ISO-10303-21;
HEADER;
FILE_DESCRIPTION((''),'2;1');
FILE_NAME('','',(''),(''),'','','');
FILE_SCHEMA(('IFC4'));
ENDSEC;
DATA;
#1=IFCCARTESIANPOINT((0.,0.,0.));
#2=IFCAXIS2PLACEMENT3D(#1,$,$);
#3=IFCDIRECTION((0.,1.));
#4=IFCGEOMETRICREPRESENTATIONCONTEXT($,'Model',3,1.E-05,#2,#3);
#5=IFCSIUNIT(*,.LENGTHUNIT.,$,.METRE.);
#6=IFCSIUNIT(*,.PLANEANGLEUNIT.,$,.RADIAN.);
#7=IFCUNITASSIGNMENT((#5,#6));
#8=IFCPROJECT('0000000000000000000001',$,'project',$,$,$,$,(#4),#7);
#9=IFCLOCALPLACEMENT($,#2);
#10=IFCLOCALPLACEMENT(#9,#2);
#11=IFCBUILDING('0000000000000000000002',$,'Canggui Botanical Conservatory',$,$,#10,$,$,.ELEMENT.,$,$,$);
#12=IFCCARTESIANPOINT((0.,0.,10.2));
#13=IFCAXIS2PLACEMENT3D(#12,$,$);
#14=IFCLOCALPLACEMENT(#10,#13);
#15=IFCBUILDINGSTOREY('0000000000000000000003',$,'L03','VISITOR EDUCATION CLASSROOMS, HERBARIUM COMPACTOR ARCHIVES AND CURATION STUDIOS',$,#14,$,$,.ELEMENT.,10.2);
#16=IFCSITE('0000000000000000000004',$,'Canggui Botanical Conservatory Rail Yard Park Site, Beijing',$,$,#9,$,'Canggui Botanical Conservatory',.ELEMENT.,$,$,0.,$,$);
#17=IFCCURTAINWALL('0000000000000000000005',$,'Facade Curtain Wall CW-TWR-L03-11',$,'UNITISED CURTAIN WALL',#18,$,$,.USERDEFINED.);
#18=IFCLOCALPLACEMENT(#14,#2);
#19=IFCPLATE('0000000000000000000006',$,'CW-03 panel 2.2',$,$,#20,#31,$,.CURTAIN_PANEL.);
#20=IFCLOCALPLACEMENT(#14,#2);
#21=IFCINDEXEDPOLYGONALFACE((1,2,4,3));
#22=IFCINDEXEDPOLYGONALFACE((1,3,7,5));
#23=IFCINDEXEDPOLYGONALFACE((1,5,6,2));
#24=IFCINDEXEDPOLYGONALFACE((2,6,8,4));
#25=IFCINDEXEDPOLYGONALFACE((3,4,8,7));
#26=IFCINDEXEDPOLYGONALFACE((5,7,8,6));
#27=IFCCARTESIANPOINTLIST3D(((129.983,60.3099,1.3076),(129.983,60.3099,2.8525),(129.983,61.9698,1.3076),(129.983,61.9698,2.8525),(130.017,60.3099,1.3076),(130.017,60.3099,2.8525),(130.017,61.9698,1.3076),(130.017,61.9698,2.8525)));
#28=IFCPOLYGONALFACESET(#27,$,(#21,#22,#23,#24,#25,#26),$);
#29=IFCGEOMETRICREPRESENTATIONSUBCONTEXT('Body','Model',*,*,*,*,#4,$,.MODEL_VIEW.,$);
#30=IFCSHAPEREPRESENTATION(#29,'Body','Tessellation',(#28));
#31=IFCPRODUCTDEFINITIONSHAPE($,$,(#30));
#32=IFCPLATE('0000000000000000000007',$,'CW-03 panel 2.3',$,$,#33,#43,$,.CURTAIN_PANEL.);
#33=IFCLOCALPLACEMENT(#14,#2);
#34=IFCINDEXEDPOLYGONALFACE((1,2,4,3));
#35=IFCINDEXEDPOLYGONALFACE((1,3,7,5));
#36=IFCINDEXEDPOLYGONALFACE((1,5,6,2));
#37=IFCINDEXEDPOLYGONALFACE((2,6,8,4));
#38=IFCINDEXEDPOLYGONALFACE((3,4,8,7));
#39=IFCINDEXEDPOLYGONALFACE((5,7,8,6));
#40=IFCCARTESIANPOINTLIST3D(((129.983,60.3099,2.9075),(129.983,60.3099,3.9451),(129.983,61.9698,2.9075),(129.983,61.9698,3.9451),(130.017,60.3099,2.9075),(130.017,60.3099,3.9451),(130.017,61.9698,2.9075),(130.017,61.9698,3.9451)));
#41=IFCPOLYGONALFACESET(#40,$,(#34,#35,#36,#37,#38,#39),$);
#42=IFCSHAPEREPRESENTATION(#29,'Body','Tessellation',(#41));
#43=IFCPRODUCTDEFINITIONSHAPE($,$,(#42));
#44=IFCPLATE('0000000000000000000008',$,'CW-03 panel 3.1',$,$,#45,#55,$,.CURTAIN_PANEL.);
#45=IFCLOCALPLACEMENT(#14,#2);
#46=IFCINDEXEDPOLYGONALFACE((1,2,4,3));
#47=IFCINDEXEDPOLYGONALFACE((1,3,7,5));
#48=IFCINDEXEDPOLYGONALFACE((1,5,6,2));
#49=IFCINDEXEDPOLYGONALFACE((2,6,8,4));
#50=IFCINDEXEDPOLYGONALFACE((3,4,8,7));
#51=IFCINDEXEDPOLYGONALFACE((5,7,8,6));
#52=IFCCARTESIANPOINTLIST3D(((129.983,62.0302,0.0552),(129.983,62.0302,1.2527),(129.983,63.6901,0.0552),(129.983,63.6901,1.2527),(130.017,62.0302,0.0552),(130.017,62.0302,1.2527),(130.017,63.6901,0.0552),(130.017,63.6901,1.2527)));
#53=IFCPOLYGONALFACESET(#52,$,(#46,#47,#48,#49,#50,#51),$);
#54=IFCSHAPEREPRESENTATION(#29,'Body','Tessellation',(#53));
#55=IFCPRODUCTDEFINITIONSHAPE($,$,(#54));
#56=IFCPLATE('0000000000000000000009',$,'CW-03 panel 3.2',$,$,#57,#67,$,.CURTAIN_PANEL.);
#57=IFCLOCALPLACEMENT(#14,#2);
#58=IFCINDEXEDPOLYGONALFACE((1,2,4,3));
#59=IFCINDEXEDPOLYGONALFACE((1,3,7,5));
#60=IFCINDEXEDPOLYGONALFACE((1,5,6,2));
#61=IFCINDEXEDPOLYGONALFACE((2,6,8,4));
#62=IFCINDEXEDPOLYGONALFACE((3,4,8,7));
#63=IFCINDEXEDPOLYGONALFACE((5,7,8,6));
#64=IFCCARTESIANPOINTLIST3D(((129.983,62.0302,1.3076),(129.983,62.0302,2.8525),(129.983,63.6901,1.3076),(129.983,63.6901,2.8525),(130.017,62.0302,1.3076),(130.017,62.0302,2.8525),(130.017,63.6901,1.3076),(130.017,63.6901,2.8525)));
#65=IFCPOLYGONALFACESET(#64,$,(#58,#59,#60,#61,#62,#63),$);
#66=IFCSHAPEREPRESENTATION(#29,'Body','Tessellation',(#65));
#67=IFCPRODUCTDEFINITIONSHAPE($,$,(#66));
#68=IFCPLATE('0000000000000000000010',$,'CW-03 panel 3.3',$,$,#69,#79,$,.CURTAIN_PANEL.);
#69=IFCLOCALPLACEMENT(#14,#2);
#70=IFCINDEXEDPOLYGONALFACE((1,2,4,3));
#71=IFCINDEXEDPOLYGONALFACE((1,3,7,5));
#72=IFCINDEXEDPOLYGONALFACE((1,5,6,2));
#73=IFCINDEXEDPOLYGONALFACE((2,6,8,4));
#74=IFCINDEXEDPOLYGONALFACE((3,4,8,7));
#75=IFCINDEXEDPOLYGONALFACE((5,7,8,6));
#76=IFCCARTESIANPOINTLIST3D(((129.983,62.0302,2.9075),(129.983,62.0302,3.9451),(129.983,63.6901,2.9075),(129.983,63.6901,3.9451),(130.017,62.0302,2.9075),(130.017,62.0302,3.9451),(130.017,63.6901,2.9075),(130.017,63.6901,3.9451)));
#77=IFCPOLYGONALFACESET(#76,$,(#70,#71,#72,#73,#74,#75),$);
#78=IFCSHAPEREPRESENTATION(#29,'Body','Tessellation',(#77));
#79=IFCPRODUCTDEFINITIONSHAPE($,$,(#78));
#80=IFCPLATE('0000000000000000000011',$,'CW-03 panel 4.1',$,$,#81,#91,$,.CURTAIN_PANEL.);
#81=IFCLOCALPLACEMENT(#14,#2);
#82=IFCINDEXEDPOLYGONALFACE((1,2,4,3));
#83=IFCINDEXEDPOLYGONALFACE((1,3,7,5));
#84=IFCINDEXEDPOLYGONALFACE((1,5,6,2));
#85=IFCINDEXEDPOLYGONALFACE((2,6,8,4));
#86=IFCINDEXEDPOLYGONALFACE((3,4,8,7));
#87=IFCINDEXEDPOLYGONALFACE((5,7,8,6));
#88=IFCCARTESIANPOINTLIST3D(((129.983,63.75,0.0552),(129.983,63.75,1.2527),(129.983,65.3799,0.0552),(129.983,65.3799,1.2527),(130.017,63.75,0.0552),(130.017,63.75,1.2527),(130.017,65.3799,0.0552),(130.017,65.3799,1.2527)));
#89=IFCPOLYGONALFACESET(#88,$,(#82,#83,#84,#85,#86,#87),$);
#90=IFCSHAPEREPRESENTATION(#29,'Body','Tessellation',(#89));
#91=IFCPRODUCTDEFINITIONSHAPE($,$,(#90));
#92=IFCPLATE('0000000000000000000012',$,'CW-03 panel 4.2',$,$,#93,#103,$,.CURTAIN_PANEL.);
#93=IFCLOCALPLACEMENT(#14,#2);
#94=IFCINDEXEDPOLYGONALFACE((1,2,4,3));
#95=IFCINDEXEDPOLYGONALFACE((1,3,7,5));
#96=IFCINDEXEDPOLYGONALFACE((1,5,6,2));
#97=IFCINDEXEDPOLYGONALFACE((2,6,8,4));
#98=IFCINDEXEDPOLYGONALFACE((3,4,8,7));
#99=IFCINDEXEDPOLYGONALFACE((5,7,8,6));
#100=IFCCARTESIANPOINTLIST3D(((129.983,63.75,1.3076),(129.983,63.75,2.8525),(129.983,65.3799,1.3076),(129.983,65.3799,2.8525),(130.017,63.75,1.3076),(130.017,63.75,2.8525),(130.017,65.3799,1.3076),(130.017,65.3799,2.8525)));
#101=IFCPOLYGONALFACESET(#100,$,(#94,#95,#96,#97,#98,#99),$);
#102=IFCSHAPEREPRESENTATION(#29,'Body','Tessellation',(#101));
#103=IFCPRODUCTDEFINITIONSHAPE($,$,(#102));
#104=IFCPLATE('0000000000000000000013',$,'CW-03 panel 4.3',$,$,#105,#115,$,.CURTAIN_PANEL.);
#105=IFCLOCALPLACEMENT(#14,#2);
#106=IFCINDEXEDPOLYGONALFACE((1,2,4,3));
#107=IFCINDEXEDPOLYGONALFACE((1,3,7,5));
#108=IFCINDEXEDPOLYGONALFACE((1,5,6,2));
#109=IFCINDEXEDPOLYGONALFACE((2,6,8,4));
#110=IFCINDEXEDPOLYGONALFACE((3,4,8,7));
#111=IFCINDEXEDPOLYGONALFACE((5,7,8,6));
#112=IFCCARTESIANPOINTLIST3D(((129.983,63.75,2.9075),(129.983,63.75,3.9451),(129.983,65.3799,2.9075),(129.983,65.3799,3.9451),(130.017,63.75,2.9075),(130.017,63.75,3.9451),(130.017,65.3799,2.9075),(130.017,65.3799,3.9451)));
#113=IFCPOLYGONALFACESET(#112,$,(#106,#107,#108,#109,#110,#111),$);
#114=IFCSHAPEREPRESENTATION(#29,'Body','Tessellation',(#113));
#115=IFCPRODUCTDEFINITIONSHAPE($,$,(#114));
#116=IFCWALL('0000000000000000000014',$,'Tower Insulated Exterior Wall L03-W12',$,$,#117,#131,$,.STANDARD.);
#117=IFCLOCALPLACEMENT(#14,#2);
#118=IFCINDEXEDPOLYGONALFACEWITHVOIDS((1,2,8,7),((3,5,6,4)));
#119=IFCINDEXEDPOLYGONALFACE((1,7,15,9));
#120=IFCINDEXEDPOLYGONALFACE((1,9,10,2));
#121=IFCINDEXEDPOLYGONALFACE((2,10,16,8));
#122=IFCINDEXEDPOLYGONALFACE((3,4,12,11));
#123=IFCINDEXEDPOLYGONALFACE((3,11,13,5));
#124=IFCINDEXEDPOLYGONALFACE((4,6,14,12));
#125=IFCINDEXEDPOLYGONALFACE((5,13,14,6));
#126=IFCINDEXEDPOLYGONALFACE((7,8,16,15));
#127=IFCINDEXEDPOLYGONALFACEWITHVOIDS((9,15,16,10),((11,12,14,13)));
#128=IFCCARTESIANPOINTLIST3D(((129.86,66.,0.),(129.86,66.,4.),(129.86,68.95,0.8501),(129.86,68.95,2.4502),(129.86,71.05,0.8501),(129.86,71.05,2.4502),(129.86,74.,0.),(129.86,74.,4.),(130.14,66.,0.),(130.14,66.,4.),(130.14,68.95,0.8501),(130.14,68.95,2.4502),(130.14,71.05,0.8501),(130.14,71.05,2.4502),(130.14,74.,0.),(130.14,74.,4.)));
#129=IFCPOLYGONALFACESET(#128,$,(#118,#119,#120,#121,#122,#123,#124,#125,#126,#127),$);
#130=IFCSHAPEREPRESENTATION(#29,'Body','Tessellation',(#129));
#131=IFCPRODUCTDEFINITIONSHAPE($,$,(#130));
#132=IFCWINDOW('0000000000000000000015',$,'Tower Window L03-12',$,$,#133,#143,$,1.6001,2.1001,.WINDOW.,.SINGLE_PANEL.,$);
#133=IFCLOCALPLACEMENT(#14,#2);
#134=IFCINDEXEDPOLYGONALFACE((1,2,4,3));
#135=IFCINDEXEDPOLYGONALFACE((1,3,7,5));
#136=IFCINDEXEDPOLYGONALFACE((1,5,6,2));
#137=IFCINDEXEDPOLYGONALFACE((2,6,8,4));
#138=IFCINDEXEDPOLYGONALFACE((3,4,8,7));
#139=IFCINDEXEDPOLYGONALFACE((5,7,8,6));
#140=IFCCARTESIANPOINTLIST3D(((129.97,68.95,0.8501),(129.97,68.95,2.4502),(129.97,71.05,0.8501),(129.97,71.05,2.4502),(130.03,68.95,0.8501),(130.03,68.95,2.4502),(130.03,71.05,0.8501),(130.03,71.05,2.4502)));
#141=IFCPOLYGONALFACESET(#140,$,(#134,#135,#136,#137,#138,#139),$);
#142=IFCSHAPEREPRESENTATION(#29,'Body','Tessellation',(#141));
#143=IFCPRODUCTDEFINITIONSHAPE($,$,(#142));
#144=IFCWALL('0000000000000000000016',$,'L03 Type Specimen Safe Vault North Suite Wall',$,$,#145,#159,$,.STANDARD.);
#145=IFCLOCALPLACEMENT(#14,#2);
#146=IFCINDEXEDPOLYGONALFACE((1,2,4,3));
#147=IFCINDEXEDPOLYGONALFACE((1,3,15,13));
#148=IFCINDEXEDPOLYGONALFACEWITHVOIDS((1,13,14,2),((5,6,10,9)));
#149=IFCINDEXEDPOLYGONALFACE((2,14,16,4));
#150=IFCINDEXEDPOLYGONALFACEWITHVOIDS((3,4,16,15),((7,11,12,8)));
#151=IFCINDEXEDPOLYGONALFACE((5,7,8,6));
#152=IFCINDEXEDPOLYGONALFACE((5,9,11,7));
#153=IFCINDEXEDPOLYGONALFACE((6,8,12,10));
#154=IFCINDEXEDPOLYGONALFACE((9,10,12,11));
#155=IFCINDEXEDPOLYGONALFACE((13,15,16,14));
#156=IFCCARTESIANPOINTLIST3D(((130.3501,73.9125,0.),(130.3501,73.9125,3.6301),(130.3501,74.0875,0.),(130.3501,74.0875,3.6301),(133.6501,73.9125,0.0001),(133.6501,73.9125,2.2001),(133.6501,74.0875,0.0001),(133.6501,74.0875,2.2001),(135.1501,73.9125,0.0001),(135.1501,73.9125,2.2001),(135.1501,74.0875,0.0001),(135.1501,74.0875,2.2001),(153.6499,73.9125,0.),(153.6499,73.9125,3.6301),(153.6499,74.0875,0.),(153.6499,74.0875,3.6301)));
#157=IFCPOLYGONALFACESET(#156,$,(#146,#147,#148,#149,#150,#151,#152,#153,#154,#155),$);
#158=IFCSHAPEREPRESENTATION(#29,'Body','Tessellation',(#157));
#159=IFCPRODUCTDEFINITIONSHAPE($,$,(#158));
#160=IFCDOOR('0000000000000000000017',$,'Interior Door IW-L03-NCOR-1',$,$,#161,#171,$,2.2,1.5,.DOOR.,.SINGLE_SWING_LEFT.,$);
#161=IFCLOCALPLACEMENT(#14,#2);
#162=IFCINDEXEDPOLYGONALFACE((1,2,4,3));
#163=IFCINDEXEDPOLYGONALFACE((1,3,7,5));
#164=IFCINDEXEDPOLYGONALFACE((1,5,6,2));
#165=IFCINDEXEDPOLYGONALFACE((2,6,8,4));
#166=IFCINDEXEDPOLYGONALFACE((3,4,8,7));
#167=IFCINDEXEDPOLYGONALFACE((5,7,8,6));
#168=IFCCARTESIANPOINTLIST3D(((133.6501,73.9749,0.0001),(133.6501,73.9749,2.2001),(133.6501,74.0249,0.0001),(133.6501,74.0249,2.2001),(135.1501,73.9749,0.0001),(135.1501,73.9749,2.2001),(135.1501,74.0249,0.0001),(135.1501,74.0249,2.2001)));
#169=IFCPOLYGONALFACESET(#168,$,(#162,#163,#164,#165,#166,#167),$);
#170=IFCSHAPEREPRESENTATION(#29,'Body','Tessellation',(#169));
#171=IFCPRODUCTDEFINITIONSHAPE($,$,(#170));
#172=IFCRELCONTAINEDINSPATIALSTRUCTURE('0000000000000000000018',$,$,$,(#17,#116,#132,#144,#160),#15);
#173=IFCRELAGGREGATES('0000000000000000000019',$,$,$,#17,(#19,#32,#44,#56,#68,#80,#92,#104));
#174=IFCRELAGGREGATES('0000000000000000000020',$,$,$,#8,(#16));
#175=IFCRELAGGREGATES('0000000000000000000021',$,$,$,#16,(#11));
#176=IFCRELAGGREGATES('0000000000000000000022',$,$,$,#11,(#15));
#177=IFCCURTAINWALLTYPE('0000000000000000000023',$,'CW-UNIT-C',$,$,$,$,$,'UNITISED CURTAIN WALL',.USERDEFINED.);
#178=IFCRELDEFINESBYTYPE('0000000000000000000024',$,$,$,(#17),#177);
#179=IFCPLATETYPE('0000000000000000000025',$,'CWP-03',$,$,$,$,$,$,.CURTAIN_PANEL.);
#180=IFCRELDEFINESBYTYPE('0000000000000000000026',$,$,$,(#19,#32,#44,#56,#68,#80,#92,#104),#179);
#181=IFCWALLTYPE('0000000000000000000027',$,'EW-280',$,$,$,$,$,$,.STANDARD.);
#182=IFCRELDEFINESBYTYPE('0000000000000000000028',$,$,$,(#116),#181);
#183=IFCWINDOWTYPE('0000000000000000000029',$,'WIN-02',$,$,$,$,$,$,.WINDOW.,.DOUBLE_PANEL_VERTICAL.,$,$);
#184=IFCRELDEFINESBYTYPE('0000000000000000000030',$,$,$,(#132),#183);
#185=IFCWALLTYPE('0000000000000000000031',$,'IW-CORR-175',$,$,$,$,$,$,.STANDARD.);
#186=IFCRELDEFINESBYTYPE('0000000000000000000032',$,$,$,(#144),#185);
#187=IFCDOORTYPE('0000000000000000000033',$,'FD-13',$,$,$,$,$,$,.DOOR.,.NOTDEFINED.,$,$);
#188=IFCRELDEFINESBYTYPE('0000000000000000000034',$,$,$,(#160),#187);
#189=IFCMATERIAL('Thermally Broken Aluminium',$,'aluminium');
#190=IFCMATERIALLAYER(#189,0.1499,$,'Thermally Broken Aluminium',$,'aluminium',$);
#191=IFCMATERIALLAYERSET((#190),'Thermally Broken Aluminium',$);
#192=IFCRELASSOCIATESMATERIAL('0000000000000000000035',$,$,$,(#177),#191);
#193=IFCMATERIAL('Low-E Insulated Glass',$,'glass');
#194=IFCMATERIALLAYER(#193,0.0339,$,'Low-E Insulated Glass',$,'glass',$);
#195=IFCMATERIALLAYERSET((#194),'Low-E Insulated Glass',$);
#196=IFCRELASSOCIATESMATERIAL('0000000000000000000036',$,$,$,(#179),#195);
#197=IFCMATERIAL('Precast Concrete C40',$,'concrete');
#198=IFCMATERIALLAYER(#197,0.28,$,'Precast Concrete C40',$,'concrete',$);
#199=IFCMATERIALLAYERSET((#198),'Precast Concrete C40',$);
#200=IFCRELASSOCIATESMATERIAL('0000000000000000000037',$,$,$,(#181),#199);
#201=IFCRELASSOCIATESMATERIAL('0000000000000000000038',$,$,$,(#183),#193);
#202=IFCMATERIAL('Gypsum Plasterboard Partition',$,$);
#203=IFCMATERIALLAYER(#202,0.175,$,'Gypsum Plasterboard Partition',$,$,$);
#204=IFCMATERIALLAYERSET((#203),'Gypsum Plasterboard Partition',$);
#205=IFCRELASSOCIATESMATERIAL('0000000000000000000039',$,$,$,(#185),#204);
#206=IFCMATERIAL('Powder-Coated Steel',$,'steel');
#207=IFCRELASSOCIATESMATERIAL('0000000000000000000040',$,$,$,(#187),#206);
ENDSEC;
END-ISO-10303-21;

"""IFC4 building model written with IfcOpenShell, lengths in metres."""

from ifc_helpers import new_model, si_unit, direction, frame, frame_2d, origin, origin_2d, place, context, subcontext, project, spatial, rectangle, extrude, material, layer, layer_set, type_object, element, fill, aggregate, save


model = new_model("IFC4")

# Units and contexts
model_context = context("Model", 3, precision=1e-05, world=origin(), true_north=direction((0.0, 1.0)))
body_context = subcontext(model_context, "Body", "Model", "MODEL_VIEW")
ifc_project = project(units=[si_unit("LENGTHUNIT", "METRE"), si_unit("PLANEANGLEUNIT", "RADIAN")], contexts=[model_context])

# Site, building, storey
site_placement = place(None, origin())
site = spatial("IfcSite", under=ifc_project, at=site_placement, Name="Canggui Botanical Conservatory Rail Yard Park Site, Beijing", LongName="Canggui Botanical Conservatory", CompositionType="ELEMENT", RefElevation=0.0)
building_placement = place(site_placement, origin())
building = spatial("IfcBuilding", under=site, at=building_placement, Name="Canggui Botanical Conservatory", CompositionType="ELEMENT")
storey_placement = place(building_placement, frame((0.0, 0.0, 10.2)))
storey = spatial("IfcBuildingStorey", under=building, at=storey_placement, Name="L03", Description="VISITOR EDUCATION CLASSROOMS, HERBARIUM COMPACTOR ARCHIVES AND CURATION STUDIOS", CompositionType="ELEMENT", Elevation=10.2)

# Curtain wall, plates
ifc_material_1 = material(Name="Thermally Broken Aluminium", Category="aluminium")
ifc_layer_1 = layer(ifc_material_1, 0.1499, Name="Thermally Broken Aluminium", Category="aluminium")
ifc_layer_set_1 = layer_set([ifc_layer_1], Name="Thermally Broken Aluminium")
curtain_wall_type = type_object("IfcCurtainWallType", Name="CW-UNIT-C", ElementType="UNITISED CURTAIN WALL", PredefinedType="USERDEFINED", material=ifc_layer_set_1)
curtain_wall_placement = place(storey_placement, origin())
curtain_wall = element("IfcCurtainWall", 1, at=curtain_wall_placement, inside=storey, type_object=curtain_wall_type, Name="Facade Curtain Wall CW-TWR-L03-11", ObjectType="UNITISED CURTAIN WALL", PredefinedType="USERDEFINED")
ifc_material_2 = material(Name="Low-E Insulated Glass", Category="glass")
ifc_layer_2 = layer(ifc_material_2, 0.0339, Name="Low-E Insulated Glass", Category="glass")
ifc_layer_set_2 = layer_set([ifc_layer_2], Name="Low-E Insulated Glass")
plate_type = type_object("IfcPlateType", Name="CWP-03", PredefinedType="CURTAIN_PANEL", material=ifc_layer_set_2)
plate_1_placement = place(storey_placement, frame((130.0, 61.1399, 1.3076), z_axis=(0.0, 0.0, 1.0), x_axis=(0.0, 1.0, 0.0)))
plate_1 = element("IfcPlate", 2, at=plate_1_placement, type_object=plate_type, Name="CW-03 panel 2.2", PredefinedType="CURTAIN_PANEL", context=body_context, shape_type="SweptSolid", body=[
    extrude(rectangle(XDim=1.6599, YDim=0.0339, at=origin_2d()), origin(), (0.0, 0.0, 1.0), 1.5449),
])
plate_2_placement = place(storey_placement, frame((130.0, 61.1399, 2.9075), z_axis=(0.0, 0.0, 1.0), x_axis=(0.0, 1.0, 0.0)))
plate_2 = element("IfcPlate", 3, at=plate_2_placement, type_object=plate_type, Name="CW-03 panel 2.3", PredefinedType="CURTAIN_PANEL", context=body_context, shape_type="SweptSolid", body=[
    extrude(rectangle(XDim=1.6599, YDim=0.0339, at=origin_2d()), origin(), (0.0, 0.0, 1.0), 1.0376),
])
plate_3_placement = place(storey_placement, frame((130.0, 62.8601, 0.0552), z_axis=(0.0, 0.0, 1.0), x_axis=(0.0, 1.0, 0.0)))
plate_3 = element("IfcPlate", 4, at=plate_3_placement, type_object=plate_type, Name="CW-03 panel 3.1", PredefinedType="CURTAIN_PANEL", context=body_context, shape_type="SweptSolid", body=[
    extrude(rectangle(XDim=1.6599, YDim=0.0339, at=origin_2d()), origin(), (0.0, 0.0, 1.0), 1.1975),
])
plate_4_placement = place(storey_placement, frame((130.0, 62.8601, 1.3076), z_axis=(0.0, 0.0, 1.0), x_axis=(0.0, 1.0, 0.0)))
plate_4 = element("IfcPlate", 5, at=plate_4_placement, type_object=plate_type, Name="CW-03 panel 3.2", PredefinedType="CURTAIN_PANEL", context=body_context, shape_type="SweptSolid", body=[
    extrude(rectangle(XDim=1.6599, YDim=0.0339, at=origin_2d()), origin(), (0.0, 0.0, 1.0), 1.5449),
])
plate_5_placement = place(storey_placement, frame((130.0, 62.8601, 2.9075), z_axis=(0.0, 0.0, 1.0), x_axis=(0.0, 1.0, 0.0)))
plate_5 = element("IfcPlate", 6, at=plate_5_placement, type_object=plate_type, Name="CW-03 panel 3.3", PredefinedType="CURTAIN_PANEL", context=body_context, shape_type="SweptSolid", body=[
    extrude(rectangle(XDim=1.6599, YDim=0.0339, at=origin_2d()), origin(), (0.0, 0.0, 1.0), 1.0376),
])
plate_6_placement = place(storey_placement, frame((130.0, 64.5649, 0.0552), z_axis=(0.0, 0.0, 1.0), x_axis=(0.0, 1.0, 0.0)))
plate_6 = element("IfcPlate", 7, at=plate_6_placement, type_object=plate_type, Name="CW-03 panel 4.1", PredefinedType="CURTAIN_PANEL", context=body_context, shape_type="SweptSolid", body=[
    extrude(rectangle(XDim=1.6299, YDim=0.0339, at=origin_2d()), origin(), (0.0, 0.0, 1.0), 1.1975),
])
plate_7_placement = place(storey_placement, frame((130.0, 64.5649, 1.3076), z_axis=(0.0, 0.0, 1.0), x_axis=(0.0, 1.0, 0.0)))
plate_7 = element("IfcPlate", 8, at=plate_7_placement, type_object=plate_type, Name="CW-03 panel 4.2", PredefinedType="CURTAIN_PANEL", context=body_context, shape_type="SweptSolid", body=[
    extrude(rectangle(XDim=1.6299, YDim=0.0339, at=origin_2d()), origin(), (0.0, 0.0, 1.0), 1.5449),
])
plate_8_placement = place(storey_placement, frame((130.0, 64.5649, 2.9075), z_axis=(0.0, 0.0, 1.0), x_axis=(0.0, 1.0, 0.0)))
plate_8 = element("IfcPlate", 9, at=plate_8_placement, type_object=plate_type, Name="CW-03 panel 4.3", PredefinedType="CURTAIN_PANEL", context=body_context, shape_type="SweptSolid", body=[
    extrude(rectangle(XDim=1.6299, YDim=0.0339, at=origin_2d()), origin(), (0.0, 0.0, 1.0), 1.0376),
])
aggregate(curtain_wall, [plate_1, plate_2, plate_3, plate_4, plate_5, plate_6, plate_7, plate_8])

# Wall, opening, window
ifc_material_3 = material(Name="Precast Concrete C40", Category="concrete")
ifc_layer_3 = layer(ifc_material_3, 0.28, Name="Precast Concrete C40", Category="concrete")
ifc_layer_set_3 = layer_set([ifc_layer_3], Name="Precast Concrete C40")
wall_type_1 = type_object("IfcWallType", Name="EW-280", PredefinedType="STANDARD", material=ifc_layer_set_3)
wall_1_placement = place(storey_placement, frame((130.0, 66.0, 0.0), z_axis=(0.0, 0.0, 1.0), x_axis=(0.0, 1.0, 0.0)))
wall_1 = element("IfcWall", 10, at=wall_1_placement, inside=storey, type_object=wall_type_1, Name="Tower Insulated Exterior Wall L03-W12", PredefinedType="STANDARD", context=body_context, shape_type="SweptSolid", body=[
    extrude(rectangle(XDim=8.0, YDim=0.28, at=frame_2d((4.0, 0.0))), origin(), (0.0, 0.0, 1.0), 4.0),
])
opening_1_placement = place(wall_1_placement, frame((2.95, 0.0, 0.8501)))
opening_1 = element("IfcOpeningElement", 11, at=opening_1_placement, cuts=wall_1, PredefinedType="OPENING", context=body_context, shape_type="SweptSolid", body=[
    extrude(rectangle(XDim=2.1001, YDim=1.6001, at=frame_2d((1.05, 0.8))), frame((0.0, 0.1499, 0.0), z_axis=(0.0, -1.0, 0.0), x_axis=(1.0, 0.0, 0.0)), (0.0, 0.0, 1.0), 0.3),
])
window_type = type_object("IfcWindowType", Name="WIN-02", PartitioningType="DOUBLE_PANEL_VERTICAL", PredefinedType="WINDOW", material=ifc_material_2)
window_placement = place(opening_1_placement, origin())
window = element("IfcWindow", 12, at=window_placement, inside=storey, type_object=window_type, Name="Tower Window L03-12", OverallHeight=1.6001, OverallWidth=2.1001, PartitioningType="SINGLE_PANEL", PredefinedType="WINDOW", context=body_context, shape_type="SweptSolid", body=[
    extrude(rectangle(XDim=2.1001, YDim=1.6001, at=frame_2d((1.05, 0.8))), frame((0.0, 0.03, 0.0), z_axis=(0.0, -1.0, 0.0), x_axis=(1.0, 0.0, 0.0)), (0.0, 0.0, 1.0), 0.0601),
])
fill(opening_1, window)

# Wall, opening, door
ifc_material_4 = material(Name="Gypsum Plasterboard Partition")
ifc_layer_4 = layer(ifc_material_4, 0.175, Name="Gypsum Plasterboard Partition")
ifc_layer_set_4 = layer_set([ifc_layer_4], Name="Gypsum Plasterboard Partition")
wall_type_2 = type_object("IfcWallType", Name="IW-CORR-175", PredefinedType="STANDARD", material=ifc_layer_set_4)
wall_2_placement = place(storey_placement, frame((130.3501, 74.0, 0.0), z_axis=(0.0, 0.0, 1.0), x_axis=(1.0, 0.0, 0.0)))
wall_2 = element("IfcWall", 13, at=wall_2_placement, inside=storey, type_object=wall_type_2, Name="L03 Type Specimen Safe Vault North Suite Wall", PredefinedType="STANDARD", context=body_context, shape_type="SweptSolid", body=[
    extrude(rectangle(XDim=23.2998, YDim=0.175, at=frame_2d((11.6499, 0.0))), origin(), (0.0, 0.0, 1.0), 3.6301),
])
opening_2_placement = place(wall_2_placement, frame((3.3, 0.0, 0.0)))
opening_2 = element("IfcOpeningElement", 14, at=opening_2_placement, cuts=wall_2, PredefinedType="OPENING", context=body_context, shape_type="SweptSolid", body=[
    extrude(rectangle(XDim=1.5, YDim=2.2, at=frame_2d((0.75, 1.1001))), frame((0.0, 0.0977, 0.0), z_axis=(0.0, -1.0, 0.0), x_axis=(1.0, 0.0, 0.0)), (0.0, 0.0, 1.0), 0.1951),
])
ifc_material_5 = material(Name="Powder-Coated Steel", Category="steel")
door_type = type_object("IfcDoorType", Name="FD-13", OperationType="NOTDEFINED", PredefinedType="DOOR", material=ifc_material_5)
door_placement = place(opening_2_placement, origin())
door = element("IfcDoor", 15, at=door_placement, inside=storey, type_object=door_type, Name="Interior Door IW-L03-NCOR-1", OperationType="SINGLE_SWING_LEFT", OverallHeight=2.2, OverallWidth=1.5, PredefinedType="DOOR", context=body_context, shape_type="SweptSolid", body=[
    extrude(rectangle(XDim=1.5, YDim=2.2, at=frame_2d((0.75, 1.1001))), frame((0.0, 0.0249, 0.0), z_axis=(0.0, -1.0, 0.0), x_axis=(1.0, 0.0, 0.0)), (0.0, 0.0, 1.0), 0.05),
])
fill(opening_2, door)

save(model, "model.ifc")
